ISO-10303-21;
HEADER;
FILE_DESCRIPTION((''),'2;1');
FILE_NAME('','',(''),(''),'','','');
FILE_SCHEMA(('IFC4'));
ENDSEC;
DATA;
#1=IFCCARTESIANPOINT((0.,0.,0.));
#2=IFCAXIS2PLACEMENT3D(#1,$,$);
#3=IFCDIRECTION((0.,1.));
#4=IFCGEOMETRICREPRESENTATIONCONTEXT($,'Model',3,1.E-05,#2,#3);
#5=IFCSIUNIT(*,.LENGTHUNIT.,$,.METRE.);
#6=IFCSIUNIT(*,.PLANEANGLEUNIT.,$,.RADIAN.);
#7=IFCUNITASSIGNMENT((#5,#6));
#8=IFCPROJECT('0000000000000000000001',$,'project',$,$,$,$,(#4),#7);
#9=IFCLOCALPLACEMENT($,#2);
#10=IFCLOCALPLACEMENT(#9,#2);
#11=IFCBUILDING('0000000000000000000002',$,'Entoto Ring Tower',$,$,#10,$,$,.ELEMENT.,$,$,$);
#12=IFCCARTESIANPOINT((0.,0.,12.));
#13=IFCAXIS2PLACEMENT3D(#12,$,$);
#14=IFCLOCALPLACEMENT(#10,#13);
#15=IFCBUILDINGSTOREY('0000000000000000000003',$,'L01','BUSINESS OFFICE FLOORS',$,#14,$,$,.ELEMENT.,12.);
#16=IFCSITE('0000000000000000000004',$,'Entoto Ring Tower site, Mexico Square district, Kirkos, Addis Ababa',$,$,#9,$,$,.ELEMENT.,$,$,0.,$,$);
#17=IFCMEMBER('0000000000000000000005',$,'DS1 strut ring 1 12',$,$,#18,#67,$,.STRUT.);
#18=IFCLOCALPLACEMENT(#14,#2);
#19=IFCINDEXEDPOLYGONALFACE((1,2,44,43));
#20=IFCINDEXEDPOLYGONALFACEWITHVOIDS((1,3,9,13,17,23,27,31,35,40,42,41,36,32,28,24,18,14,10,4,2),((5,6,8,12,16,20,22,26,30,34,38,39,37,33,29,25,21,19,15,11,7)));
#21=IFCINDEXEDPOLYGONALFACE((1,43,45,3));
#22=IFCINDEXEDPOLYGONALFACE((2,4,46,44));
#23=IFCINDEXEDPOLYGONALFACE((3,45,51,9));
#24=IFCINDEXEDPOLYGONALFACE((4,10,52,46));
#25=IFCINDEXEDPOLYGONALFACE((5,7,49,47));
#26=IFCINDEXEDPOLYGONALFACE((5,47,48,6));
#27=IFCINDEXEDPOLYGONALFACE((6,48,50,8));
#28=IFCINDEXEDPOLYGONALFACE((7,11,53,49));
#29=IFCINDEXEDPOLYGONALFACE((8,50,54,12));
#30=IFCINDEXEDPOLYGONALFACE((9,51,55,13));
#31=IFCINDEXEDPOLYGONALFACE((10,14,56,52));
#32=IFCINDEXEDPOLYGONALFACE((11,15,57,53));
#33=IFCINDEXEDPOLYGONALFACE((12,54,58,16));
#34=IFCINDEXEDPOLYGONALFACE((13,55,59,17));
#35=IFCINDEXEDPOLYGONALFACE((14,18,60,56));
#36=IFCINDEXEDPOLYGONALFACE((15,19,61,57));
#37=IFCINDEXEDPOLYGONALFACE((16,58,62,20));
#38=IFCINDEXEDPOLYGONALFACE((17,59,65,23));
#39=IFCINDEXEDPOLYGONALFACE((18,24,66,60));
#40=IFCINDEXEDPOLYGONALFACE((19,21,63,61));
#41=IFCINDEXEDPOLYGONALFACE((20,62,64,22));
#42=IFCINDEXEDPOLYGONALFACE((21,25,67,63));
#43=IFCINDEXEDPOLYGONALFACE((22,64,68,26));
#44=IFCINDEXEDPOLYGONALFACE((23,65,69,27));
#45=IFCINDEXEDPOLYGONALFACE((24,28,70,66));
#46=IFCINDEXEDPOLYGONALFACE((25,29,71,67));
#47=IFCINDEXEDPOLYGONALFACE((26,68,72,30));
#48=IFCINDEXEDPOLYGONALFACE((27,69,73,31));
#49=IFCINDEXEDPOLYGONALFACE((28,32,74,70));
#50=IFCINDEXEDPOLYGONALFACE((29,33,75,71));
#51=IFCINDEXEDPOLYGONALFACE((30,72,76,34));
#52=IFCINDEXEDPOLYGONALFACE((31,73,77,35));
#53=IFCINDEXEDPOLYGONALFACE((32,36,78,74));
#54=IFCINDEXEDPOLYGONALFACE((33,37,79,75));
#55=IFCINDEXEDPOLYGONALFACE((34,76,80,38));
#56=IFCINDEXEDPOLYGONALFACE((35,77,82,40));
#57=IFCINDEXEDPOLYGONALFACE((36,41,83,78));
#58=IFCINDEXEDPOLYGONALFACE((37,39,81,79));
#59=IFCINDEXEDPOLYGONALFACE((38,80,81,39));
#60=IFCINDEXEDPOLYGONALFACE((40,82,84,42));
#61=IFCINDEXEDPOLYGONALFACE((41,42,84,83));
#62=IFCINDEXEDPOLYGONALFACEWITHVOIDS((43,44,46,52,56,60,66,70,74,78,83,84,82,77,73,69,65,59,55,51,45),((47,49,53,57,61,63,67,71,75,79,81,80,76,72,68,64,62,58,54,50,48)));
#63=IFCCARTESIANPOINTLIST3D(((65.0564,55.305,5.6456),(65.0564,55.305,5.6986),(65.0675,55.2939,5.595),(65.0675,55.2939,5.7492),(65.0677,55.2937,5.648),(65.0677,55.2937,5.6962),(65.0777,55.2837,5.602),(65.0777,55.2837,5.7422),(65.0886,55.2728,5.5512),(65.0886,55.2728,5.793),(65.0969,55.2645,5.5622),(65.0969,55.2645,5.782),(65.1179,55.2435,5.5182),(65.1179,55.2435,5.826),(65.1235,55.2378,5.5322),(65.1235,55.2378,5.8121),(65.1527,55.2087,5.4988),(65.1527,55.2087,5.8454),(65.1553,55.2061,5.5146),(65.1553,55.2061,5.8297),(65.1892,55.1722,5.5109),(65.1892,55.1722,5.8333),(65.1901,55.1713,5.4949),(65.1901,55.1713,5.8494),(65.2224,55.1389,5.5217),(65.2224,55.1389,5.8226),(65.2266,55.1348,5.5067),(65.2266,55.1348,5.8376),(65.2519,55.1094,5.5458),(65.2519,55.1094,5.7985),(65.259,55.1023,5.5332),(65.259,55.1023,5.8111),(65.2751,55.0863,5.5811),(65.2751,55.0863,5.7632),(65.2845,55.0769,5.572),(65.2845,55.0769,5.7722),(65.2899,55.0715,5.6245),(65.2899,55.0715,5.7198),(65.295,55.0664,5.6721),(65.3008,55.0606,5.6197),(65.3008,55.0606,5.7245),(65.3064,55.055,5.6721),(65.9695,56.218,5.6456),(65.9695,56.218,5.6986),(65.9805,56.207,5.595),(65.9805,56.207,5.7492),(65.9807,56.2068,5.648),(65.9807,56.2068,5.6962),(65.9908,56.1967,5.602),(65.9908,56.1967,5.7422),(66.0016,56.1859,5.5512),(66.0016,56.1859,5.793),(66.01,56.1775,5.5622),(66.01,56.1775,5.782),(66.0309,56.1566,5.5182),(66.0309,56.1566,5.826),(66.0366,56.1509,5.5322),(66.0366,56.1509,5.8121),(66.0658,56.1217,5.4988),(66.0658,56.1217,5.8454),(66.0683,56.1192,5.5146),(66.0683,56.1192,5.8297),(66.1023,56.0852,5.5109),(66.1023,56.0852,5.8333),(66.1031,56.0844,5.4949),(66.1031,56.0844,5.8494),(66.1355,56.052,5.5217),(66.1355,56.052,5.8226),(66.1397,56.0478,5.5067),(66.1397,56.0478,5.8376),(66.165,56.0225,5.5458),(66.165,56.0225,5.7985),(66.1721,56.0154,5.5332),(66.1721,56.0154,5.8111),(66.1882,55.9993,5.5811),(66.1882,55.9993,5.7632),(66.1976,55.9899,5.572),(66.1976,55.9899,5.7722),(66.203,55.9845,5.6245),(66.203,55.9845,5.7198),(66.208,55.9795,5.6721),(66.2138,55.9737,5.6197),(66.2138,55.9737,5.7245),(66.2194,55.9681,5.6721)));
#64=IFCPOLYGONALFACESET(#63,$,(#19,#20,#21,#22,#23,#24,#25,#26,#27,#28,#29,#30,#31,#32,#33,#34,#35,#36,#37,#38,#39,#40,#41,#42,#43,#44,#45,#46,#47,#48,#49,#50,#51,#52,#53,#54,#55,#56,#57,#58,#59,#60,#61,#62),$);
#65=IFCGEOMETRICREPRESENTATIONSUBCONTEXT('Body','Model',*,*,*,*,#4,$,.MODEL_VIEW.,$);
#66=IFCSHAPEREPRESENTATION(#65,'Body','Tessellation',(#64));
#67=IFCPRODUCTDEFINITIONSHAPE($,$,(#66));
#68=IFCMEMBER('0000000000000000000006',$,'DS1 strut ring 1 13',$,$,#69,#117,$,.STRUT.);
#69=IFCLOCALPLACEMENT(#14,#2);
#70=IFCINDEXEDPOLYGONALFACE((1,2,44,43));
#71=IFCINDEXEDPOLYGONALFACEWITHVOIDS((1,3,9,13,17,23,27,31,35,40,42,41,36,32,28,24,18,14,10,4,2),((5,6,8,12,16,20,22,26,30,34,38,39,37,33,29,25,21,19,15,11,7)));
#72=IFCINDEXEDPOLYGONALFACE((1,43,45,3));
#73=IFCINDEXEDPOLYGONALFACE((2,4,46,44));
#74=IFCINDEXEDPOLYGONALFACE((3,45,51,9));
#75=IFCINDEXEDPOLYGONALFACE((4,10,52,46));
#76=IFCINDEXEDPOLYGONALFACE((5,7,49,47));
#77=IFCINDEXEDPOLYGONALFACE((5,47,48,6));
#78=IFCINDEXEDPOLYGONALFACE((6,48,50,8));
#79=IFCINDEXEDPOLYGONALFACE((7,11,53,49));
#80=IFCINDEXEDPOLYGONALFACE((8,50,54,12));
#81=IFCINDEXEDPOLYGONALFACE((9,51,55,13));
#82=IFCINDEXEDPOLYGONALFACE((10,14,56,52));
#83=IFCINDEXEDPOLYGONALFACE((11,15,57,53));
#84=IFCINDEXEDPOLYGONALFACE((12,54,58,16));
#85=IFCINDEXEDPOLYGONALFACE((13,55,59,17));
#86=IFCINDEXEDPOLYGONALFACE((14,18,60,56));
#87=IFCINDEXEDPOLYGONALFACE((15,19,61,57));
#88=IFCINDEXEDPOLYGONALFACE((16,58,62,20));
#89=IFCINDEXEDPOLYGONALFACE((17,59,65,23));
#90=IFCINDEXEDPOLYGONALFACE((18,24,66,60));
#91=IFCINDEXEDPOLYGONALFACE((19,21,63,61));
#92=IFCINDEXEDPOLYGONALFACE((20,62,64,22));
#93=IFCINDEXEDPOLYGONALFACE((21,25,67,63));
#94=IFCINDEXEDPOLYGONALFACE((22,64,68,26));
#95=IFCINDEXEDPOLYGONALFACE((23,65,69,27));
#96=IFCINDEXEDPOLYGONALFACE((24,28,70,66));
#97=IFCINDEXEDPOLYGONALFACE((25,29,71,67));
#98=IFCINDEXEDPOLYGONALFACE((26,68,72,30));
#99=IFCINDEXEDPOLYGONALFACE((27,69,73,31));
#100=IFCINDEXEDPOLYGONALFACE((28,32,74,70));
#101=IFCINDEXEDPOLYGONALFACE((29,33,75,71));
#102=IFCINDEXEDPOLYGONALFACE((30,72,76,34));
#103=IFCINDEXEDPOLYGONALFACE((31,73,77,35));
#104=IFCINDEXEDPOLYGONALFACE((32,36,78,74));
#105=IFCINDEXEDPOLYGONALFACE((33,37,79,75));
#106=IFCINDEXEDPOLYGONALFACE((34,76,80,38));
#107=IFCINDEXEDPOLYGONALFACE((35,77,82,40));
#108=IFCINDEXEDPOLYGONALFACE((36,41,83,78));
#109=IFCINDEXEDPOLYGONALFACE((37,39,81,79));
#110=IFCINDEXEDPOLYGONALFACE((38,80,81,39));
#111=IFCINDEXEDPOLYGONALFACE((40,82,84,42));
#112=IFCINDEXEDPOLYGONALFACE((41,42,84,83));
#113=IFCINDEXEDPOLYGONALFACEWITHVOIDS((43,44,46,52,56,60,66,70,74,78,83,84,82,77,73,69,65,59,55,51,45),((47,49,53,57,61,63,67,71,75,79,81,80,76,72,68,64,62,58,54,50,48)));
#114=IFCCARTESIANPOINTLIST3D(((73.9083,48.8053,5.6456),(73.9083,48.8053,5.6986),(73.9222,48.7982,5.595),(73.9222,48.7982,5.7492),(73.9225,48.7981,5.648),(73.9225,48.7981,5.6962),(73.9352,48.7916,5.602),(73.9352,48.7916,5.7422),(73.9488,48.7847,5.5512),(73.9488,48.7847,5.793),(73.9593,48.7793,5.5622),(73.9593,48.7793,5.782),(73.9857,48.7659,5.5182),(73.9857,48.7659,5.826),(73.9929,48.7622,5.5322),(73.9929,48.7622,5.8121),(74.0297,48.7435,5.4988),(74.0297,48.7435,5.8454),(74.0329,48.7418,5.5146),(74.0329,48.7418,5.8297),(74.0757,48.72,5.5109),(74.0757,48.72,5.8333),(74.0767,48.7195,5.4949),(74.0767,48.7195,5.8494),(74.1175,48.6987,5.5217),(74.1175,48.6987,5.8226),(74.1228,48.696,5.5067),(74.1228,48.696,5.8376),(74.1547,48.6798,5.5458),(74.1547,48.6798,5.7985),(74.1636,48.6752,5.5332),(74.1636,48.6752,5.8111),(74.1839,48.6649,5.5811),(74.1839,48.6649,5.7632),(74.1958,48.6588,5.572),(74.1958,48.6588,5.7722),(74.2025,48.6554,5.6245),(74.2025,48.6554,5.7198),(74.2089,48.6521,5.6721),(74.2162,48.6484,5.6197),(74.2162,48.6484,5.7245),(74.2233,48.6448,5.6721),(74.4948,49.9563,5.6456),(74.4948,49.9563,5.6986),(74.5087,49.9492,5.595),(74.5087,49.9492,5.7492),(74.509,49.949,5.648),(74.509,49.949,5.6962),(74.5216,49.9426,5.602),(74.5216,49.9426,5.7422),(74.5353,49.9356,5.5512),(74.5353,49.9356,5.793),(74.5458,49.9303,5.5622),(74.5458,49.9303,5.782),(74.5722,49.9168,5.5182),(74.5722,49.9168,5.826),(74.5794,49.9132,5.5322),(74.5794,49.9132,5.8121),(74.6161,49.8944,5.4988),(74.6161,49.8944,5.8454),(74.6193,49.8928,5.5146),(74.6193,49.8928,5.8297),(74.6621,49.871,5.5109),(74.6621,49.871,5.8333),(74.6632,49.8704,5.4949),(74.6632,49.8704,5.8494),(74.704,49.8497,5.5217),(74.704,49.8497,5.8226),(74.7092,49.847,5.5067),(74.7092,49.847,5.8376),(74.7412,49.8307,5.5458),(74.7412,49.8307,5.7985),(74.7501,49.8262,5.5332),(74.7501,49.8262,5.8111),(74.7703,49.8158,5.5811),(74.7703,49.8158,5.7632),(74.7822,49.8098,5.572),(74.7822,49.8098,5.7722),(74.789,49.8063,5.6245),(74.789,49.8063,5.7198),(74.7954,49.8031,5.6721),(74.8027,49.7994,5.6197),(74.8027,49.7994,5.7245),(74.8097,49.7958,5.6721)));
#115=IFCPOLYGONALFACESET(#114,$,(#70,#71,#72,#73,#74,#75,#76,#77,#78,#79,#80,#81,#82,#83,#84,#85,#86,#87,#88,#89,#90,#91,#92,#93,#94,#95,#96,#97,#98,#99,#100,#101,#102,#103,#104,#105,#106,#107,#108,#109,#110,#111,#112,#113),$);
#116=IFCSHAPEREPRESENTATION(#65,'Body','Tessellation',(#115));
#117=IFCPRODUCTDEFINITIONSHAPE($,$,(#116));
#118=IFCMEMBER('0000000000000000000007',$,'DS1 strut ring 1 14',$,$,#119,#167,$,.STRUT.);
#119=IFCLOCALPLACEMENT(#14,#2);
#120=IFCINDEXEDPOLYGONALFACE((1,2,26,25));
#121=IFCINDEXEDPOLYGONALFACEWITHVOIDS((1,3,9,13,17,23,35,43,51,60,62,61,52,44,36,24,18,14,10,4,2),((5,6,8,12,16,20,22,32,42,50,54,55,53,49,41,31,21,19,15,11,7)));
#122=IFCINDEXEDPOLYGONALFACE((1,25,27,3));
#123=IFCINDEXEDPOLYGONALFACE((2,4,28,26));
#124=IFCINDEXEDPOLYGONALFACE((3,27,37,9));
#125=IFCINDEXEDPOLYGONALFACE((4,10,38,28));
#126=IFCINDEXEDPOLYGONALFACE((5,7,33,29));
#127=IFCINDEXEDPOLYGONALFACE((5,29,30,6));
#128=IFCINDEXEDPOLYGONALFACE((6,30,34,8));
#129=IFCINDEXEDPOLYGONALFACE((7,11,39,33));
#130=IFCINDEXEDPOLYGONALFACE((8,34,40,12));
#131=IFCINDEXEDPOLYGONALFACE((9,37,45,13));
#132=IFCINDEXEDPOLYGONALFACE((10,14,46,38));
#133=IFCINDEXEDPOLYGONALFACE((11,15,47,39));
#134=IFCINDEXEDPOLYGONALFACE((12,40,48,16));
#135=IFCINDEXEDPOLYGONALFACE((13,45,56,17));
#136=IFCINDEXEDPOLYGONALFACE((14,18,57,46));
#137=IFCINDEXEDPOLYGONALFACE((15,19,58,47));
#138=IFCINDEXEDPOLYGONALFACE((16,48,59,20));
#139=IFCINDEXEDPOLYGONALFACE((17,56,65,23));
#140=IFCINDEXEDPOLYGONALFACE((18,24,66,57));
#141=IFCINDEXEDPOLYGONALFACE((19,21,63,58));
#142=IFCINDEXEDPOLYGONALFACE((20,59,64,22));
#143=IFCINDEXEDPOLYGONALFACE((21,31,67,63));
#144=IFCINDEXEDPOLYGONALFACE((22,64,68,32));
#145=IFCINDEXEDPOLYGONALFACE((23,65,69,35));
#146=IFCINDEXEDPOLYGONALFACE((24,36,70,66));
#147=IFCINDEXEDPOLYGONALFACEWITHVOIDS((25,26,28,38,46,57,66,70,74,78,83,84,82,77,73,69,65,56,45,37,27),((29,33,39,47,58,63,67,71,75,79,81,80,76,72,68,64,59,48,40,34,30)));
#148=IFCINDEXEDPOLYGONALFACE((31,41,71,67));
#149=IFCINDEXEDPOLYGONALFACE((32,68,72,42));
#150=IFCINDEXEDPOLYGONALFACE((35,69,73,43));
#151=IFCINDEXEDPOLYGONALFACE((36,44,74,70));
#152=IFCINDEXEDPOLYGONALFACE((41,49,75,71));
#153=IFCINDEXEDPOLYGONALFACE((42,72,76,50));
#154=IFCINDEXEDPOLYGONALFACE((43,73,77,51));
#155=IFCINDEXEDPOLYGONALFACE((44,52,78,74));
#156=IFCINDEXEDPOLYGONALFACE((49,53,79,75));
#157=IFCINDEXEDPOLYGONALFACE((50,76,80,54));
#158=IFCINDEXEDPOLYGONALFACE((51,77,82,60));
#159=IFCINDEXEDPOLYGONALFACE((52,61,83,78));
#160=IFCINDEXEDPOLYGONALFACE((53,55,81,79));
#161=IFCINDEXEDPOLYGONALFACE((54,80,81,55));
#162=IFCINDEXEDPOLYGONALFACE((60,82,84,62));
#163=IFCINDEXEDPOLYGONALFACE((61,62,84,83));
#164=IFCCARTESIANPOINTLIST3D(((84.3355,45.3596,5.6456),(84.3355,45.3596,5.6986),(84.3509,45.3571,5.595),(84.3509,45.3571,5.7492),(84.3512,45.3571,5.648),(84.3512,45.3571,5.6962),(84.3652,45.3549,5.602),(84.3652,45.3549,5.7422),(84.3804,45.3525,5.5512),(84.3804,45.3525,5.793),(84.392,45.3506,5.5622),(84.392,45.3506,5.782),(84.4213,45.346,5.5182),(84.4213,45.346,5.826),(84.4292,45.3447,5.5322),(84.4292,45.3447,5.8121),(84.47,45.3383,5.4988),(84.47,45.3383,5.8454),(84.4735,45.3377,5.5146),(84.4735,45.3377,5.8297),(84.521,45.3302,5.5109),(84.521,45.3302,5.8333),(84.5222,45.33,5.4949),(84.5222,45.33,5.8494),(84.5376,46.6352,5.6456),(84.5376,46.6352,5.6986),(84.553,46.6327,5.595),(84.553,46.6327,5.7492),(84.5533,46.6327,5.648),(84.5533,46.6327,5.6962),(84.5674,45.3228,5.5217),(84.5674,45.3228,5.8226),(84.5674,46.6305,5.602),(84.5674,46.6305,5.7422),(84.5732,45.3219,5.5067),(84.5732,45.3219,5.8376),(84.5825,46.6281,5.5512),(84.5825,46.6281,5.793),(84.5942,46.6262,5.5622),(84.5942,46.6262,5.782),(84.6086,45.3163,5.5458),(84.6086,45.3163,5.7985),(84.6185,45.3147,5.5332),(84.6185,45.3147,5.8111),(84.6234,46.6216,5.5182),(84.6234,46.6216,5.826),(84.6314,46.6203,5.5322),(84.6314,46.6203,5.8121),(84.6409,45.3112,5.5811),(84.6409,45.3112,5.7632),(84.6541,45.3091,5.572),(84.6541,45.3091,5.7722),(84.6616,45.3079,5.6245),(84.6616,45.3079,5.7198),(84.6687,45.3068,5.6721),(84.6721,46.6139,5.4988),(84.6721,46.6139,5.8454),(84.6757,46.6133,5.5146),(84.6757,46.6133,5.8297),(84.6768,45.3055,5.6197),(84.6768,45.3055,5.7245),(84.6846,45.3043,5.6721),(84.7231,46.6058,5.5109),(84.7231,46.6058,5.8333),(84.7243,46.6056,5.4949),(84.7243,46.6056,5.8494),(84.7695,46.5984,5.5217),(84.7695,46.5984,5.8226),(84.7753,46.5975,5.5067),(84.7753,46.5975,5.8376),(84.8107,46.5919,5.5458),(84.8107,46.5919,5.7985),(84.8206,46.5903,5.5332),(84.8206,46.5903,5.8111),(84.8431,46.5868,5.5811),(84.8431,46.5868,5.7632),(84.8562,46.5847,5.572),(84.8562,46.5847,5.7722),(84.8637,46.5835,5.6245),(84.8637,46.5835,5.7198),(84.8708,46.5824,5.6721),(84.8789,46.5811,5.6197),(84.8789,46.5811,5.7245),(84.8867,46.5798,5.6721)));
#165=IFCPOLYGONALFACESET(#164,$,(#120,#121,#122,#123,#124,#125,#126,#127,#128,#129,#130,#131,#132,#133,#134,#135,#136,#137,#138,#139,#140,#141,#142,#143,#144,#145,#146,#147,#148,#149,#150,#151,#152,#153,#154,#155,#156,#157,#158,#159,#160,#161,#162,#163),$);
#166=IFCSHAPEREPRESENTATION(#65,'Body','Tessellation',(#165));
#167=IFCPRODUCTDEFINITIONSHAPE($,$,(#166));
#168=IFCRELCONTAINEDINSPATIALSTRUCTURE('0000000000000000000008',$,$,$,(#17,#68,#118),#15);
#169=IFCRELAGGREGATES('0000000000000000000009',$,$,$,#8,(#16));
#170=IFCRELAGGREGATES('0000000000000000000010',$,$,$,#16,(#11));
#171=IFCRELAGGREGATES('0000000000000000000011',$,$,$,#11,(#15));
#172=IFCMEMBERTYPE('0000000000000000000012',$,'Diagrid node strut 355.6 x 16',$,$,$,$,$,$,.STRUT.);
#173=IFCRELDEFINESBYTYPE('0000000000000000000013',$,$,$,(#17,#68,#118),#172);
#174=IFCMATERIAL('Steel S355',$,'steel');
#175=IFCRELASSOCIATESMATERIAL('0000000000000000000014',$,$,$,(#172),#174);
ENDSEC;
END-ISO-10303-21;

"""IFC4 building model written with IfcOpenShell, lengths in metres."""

from ifc_helpers import new_model, si_unit, direction, frame, origin, origin_2d, place, context, subcontext, project, spatial, circle, hollow_circle, extrude, material, material_profile, profile_set, type_object, element, save


model = new_model("IFC4")

# Units and contexts
model_context = context("Model", 3, precision=1e-05, world=origin(), true_north=direction((0.0, 1.0)))
body_context = subcontext(model_context, "Body", "Model", "MODEL_VIEW")
ifc_project = project(units=[si_unit("LENGTHUNIT", "METRE"), si_unit("PLANEANGLEUNIT", "RADIAN")], contexts=[model_context])

# Site, building, storey
site_placement = place(None, origin())
site = spatial("IfcSite", under=ifc_project, at=site_placement, Name="Entoto Ring Tower site, Mexico Square district, Kirkos, Addis Ababa", CompositionType="ELEMENT", RefElevation=0.0)
building_placement = place(site_placement, origin())
building = spatial("IfcBuilding", under=site, at=building_placement, Name="Entoto Ring Tower", CompositionType="ELEMENT")
storey_placement = place(building_placement, frame((0.0, 0.0, 12.0)))
storey = spatial("IfcBuildingStorey", under=building, at=storey_placement, Name="L01", Description="BUSINESS OFFICE FLOORS", CompositionType="ELEMENT", Elevation=12.0)

# Members
ifc_material_1 = material(Name="Steel S355", Category="steel")
ifc_material_profile_1 = material_profile(ifc_material_1, hollow_circle(Radius=0.1777, WallThickness=0.0161, at=origin_2d()), Name="CHS 355.6 x 16")
ifc_material_2 = material(Name="Concrete C60/75", Category="concrete")
ifc_material_profile_2 = material_profile(ifc_material_2, circle(Radius=0.1619, at=origin_2d()), Name="Concrete C60/75 infill")
ifc_profile_set_1 = profile_set([ifc_material_profile_1, ifc_material_profile_2], Name="Steel S355")
member_type_1 = type_object("IfcMemberType", Name="Diagrid node strut 355.6 x 16", PredefinedType="STRUT", material=ifc_profile_set_1)
member_1_placement = place(storey_placement, frame((66.0938, 56.0938, 5.6721), z_axis=(-0.707107, -0.707107, 0.0), x_axis=(0.707107, -0.707107, 0.0)))
element("IfcMember", 1, at=member_1_placement, inside=storey, type_object=member_type_1, Name="DS1 strut ring 1 12", PredefinedType="STRUT", context=body_context, shape_type="SweptSolid", body=[
    extrude(hollow_circle(Radius=0.1777, WallThickness=0.0161, at=origin_2d()), origin(), (0.0, 0.0, 1.0), 1.2913),
])
member_2_placement = place(storey_placement, frame((74.6514, 49.8765, 5.6721), z_axis=(-0.454005, -0.890999, 0.0), x_axis=(0.890999, -0.454005, 0.0)))
element("IfcMember", 2, at=member_2_placement, inside=storey, type_object=member_type_1, Name="DS1 strut ring 1 13", PredefinedType="STRUT", context=body_context, shape_type="SweptSolid", body=[
    extrude(hollow_circle(Radius=0.1777, WallThickness=0.0161, at=origin_2d()), origin(), (0.0, 0.0, 1.0), 1.2917),
])
member_3_placement = place(storey_placement, frame((84.7112, 46.6077, 5.6721), z_axis=(-0.156516, -0.987675, 0.0), x_axis=(0.987675, -0.156516, 0.0)))
element("IfcMember", 3, at=member_3_placement, inside=storey, type_object=member_type_1, Name="DS1 strut ring 1 14", PredefinedType="STRUT", context=body_context, shape_type="SweptSolid", body=[
    extrude(hollow_circle(Radius=0.1777, WallThickness=0.0161, at=origin_2d()), origin(), (0.0, 0.0, 1.0), 1.2915),
])

save(model, "model.ifc")
